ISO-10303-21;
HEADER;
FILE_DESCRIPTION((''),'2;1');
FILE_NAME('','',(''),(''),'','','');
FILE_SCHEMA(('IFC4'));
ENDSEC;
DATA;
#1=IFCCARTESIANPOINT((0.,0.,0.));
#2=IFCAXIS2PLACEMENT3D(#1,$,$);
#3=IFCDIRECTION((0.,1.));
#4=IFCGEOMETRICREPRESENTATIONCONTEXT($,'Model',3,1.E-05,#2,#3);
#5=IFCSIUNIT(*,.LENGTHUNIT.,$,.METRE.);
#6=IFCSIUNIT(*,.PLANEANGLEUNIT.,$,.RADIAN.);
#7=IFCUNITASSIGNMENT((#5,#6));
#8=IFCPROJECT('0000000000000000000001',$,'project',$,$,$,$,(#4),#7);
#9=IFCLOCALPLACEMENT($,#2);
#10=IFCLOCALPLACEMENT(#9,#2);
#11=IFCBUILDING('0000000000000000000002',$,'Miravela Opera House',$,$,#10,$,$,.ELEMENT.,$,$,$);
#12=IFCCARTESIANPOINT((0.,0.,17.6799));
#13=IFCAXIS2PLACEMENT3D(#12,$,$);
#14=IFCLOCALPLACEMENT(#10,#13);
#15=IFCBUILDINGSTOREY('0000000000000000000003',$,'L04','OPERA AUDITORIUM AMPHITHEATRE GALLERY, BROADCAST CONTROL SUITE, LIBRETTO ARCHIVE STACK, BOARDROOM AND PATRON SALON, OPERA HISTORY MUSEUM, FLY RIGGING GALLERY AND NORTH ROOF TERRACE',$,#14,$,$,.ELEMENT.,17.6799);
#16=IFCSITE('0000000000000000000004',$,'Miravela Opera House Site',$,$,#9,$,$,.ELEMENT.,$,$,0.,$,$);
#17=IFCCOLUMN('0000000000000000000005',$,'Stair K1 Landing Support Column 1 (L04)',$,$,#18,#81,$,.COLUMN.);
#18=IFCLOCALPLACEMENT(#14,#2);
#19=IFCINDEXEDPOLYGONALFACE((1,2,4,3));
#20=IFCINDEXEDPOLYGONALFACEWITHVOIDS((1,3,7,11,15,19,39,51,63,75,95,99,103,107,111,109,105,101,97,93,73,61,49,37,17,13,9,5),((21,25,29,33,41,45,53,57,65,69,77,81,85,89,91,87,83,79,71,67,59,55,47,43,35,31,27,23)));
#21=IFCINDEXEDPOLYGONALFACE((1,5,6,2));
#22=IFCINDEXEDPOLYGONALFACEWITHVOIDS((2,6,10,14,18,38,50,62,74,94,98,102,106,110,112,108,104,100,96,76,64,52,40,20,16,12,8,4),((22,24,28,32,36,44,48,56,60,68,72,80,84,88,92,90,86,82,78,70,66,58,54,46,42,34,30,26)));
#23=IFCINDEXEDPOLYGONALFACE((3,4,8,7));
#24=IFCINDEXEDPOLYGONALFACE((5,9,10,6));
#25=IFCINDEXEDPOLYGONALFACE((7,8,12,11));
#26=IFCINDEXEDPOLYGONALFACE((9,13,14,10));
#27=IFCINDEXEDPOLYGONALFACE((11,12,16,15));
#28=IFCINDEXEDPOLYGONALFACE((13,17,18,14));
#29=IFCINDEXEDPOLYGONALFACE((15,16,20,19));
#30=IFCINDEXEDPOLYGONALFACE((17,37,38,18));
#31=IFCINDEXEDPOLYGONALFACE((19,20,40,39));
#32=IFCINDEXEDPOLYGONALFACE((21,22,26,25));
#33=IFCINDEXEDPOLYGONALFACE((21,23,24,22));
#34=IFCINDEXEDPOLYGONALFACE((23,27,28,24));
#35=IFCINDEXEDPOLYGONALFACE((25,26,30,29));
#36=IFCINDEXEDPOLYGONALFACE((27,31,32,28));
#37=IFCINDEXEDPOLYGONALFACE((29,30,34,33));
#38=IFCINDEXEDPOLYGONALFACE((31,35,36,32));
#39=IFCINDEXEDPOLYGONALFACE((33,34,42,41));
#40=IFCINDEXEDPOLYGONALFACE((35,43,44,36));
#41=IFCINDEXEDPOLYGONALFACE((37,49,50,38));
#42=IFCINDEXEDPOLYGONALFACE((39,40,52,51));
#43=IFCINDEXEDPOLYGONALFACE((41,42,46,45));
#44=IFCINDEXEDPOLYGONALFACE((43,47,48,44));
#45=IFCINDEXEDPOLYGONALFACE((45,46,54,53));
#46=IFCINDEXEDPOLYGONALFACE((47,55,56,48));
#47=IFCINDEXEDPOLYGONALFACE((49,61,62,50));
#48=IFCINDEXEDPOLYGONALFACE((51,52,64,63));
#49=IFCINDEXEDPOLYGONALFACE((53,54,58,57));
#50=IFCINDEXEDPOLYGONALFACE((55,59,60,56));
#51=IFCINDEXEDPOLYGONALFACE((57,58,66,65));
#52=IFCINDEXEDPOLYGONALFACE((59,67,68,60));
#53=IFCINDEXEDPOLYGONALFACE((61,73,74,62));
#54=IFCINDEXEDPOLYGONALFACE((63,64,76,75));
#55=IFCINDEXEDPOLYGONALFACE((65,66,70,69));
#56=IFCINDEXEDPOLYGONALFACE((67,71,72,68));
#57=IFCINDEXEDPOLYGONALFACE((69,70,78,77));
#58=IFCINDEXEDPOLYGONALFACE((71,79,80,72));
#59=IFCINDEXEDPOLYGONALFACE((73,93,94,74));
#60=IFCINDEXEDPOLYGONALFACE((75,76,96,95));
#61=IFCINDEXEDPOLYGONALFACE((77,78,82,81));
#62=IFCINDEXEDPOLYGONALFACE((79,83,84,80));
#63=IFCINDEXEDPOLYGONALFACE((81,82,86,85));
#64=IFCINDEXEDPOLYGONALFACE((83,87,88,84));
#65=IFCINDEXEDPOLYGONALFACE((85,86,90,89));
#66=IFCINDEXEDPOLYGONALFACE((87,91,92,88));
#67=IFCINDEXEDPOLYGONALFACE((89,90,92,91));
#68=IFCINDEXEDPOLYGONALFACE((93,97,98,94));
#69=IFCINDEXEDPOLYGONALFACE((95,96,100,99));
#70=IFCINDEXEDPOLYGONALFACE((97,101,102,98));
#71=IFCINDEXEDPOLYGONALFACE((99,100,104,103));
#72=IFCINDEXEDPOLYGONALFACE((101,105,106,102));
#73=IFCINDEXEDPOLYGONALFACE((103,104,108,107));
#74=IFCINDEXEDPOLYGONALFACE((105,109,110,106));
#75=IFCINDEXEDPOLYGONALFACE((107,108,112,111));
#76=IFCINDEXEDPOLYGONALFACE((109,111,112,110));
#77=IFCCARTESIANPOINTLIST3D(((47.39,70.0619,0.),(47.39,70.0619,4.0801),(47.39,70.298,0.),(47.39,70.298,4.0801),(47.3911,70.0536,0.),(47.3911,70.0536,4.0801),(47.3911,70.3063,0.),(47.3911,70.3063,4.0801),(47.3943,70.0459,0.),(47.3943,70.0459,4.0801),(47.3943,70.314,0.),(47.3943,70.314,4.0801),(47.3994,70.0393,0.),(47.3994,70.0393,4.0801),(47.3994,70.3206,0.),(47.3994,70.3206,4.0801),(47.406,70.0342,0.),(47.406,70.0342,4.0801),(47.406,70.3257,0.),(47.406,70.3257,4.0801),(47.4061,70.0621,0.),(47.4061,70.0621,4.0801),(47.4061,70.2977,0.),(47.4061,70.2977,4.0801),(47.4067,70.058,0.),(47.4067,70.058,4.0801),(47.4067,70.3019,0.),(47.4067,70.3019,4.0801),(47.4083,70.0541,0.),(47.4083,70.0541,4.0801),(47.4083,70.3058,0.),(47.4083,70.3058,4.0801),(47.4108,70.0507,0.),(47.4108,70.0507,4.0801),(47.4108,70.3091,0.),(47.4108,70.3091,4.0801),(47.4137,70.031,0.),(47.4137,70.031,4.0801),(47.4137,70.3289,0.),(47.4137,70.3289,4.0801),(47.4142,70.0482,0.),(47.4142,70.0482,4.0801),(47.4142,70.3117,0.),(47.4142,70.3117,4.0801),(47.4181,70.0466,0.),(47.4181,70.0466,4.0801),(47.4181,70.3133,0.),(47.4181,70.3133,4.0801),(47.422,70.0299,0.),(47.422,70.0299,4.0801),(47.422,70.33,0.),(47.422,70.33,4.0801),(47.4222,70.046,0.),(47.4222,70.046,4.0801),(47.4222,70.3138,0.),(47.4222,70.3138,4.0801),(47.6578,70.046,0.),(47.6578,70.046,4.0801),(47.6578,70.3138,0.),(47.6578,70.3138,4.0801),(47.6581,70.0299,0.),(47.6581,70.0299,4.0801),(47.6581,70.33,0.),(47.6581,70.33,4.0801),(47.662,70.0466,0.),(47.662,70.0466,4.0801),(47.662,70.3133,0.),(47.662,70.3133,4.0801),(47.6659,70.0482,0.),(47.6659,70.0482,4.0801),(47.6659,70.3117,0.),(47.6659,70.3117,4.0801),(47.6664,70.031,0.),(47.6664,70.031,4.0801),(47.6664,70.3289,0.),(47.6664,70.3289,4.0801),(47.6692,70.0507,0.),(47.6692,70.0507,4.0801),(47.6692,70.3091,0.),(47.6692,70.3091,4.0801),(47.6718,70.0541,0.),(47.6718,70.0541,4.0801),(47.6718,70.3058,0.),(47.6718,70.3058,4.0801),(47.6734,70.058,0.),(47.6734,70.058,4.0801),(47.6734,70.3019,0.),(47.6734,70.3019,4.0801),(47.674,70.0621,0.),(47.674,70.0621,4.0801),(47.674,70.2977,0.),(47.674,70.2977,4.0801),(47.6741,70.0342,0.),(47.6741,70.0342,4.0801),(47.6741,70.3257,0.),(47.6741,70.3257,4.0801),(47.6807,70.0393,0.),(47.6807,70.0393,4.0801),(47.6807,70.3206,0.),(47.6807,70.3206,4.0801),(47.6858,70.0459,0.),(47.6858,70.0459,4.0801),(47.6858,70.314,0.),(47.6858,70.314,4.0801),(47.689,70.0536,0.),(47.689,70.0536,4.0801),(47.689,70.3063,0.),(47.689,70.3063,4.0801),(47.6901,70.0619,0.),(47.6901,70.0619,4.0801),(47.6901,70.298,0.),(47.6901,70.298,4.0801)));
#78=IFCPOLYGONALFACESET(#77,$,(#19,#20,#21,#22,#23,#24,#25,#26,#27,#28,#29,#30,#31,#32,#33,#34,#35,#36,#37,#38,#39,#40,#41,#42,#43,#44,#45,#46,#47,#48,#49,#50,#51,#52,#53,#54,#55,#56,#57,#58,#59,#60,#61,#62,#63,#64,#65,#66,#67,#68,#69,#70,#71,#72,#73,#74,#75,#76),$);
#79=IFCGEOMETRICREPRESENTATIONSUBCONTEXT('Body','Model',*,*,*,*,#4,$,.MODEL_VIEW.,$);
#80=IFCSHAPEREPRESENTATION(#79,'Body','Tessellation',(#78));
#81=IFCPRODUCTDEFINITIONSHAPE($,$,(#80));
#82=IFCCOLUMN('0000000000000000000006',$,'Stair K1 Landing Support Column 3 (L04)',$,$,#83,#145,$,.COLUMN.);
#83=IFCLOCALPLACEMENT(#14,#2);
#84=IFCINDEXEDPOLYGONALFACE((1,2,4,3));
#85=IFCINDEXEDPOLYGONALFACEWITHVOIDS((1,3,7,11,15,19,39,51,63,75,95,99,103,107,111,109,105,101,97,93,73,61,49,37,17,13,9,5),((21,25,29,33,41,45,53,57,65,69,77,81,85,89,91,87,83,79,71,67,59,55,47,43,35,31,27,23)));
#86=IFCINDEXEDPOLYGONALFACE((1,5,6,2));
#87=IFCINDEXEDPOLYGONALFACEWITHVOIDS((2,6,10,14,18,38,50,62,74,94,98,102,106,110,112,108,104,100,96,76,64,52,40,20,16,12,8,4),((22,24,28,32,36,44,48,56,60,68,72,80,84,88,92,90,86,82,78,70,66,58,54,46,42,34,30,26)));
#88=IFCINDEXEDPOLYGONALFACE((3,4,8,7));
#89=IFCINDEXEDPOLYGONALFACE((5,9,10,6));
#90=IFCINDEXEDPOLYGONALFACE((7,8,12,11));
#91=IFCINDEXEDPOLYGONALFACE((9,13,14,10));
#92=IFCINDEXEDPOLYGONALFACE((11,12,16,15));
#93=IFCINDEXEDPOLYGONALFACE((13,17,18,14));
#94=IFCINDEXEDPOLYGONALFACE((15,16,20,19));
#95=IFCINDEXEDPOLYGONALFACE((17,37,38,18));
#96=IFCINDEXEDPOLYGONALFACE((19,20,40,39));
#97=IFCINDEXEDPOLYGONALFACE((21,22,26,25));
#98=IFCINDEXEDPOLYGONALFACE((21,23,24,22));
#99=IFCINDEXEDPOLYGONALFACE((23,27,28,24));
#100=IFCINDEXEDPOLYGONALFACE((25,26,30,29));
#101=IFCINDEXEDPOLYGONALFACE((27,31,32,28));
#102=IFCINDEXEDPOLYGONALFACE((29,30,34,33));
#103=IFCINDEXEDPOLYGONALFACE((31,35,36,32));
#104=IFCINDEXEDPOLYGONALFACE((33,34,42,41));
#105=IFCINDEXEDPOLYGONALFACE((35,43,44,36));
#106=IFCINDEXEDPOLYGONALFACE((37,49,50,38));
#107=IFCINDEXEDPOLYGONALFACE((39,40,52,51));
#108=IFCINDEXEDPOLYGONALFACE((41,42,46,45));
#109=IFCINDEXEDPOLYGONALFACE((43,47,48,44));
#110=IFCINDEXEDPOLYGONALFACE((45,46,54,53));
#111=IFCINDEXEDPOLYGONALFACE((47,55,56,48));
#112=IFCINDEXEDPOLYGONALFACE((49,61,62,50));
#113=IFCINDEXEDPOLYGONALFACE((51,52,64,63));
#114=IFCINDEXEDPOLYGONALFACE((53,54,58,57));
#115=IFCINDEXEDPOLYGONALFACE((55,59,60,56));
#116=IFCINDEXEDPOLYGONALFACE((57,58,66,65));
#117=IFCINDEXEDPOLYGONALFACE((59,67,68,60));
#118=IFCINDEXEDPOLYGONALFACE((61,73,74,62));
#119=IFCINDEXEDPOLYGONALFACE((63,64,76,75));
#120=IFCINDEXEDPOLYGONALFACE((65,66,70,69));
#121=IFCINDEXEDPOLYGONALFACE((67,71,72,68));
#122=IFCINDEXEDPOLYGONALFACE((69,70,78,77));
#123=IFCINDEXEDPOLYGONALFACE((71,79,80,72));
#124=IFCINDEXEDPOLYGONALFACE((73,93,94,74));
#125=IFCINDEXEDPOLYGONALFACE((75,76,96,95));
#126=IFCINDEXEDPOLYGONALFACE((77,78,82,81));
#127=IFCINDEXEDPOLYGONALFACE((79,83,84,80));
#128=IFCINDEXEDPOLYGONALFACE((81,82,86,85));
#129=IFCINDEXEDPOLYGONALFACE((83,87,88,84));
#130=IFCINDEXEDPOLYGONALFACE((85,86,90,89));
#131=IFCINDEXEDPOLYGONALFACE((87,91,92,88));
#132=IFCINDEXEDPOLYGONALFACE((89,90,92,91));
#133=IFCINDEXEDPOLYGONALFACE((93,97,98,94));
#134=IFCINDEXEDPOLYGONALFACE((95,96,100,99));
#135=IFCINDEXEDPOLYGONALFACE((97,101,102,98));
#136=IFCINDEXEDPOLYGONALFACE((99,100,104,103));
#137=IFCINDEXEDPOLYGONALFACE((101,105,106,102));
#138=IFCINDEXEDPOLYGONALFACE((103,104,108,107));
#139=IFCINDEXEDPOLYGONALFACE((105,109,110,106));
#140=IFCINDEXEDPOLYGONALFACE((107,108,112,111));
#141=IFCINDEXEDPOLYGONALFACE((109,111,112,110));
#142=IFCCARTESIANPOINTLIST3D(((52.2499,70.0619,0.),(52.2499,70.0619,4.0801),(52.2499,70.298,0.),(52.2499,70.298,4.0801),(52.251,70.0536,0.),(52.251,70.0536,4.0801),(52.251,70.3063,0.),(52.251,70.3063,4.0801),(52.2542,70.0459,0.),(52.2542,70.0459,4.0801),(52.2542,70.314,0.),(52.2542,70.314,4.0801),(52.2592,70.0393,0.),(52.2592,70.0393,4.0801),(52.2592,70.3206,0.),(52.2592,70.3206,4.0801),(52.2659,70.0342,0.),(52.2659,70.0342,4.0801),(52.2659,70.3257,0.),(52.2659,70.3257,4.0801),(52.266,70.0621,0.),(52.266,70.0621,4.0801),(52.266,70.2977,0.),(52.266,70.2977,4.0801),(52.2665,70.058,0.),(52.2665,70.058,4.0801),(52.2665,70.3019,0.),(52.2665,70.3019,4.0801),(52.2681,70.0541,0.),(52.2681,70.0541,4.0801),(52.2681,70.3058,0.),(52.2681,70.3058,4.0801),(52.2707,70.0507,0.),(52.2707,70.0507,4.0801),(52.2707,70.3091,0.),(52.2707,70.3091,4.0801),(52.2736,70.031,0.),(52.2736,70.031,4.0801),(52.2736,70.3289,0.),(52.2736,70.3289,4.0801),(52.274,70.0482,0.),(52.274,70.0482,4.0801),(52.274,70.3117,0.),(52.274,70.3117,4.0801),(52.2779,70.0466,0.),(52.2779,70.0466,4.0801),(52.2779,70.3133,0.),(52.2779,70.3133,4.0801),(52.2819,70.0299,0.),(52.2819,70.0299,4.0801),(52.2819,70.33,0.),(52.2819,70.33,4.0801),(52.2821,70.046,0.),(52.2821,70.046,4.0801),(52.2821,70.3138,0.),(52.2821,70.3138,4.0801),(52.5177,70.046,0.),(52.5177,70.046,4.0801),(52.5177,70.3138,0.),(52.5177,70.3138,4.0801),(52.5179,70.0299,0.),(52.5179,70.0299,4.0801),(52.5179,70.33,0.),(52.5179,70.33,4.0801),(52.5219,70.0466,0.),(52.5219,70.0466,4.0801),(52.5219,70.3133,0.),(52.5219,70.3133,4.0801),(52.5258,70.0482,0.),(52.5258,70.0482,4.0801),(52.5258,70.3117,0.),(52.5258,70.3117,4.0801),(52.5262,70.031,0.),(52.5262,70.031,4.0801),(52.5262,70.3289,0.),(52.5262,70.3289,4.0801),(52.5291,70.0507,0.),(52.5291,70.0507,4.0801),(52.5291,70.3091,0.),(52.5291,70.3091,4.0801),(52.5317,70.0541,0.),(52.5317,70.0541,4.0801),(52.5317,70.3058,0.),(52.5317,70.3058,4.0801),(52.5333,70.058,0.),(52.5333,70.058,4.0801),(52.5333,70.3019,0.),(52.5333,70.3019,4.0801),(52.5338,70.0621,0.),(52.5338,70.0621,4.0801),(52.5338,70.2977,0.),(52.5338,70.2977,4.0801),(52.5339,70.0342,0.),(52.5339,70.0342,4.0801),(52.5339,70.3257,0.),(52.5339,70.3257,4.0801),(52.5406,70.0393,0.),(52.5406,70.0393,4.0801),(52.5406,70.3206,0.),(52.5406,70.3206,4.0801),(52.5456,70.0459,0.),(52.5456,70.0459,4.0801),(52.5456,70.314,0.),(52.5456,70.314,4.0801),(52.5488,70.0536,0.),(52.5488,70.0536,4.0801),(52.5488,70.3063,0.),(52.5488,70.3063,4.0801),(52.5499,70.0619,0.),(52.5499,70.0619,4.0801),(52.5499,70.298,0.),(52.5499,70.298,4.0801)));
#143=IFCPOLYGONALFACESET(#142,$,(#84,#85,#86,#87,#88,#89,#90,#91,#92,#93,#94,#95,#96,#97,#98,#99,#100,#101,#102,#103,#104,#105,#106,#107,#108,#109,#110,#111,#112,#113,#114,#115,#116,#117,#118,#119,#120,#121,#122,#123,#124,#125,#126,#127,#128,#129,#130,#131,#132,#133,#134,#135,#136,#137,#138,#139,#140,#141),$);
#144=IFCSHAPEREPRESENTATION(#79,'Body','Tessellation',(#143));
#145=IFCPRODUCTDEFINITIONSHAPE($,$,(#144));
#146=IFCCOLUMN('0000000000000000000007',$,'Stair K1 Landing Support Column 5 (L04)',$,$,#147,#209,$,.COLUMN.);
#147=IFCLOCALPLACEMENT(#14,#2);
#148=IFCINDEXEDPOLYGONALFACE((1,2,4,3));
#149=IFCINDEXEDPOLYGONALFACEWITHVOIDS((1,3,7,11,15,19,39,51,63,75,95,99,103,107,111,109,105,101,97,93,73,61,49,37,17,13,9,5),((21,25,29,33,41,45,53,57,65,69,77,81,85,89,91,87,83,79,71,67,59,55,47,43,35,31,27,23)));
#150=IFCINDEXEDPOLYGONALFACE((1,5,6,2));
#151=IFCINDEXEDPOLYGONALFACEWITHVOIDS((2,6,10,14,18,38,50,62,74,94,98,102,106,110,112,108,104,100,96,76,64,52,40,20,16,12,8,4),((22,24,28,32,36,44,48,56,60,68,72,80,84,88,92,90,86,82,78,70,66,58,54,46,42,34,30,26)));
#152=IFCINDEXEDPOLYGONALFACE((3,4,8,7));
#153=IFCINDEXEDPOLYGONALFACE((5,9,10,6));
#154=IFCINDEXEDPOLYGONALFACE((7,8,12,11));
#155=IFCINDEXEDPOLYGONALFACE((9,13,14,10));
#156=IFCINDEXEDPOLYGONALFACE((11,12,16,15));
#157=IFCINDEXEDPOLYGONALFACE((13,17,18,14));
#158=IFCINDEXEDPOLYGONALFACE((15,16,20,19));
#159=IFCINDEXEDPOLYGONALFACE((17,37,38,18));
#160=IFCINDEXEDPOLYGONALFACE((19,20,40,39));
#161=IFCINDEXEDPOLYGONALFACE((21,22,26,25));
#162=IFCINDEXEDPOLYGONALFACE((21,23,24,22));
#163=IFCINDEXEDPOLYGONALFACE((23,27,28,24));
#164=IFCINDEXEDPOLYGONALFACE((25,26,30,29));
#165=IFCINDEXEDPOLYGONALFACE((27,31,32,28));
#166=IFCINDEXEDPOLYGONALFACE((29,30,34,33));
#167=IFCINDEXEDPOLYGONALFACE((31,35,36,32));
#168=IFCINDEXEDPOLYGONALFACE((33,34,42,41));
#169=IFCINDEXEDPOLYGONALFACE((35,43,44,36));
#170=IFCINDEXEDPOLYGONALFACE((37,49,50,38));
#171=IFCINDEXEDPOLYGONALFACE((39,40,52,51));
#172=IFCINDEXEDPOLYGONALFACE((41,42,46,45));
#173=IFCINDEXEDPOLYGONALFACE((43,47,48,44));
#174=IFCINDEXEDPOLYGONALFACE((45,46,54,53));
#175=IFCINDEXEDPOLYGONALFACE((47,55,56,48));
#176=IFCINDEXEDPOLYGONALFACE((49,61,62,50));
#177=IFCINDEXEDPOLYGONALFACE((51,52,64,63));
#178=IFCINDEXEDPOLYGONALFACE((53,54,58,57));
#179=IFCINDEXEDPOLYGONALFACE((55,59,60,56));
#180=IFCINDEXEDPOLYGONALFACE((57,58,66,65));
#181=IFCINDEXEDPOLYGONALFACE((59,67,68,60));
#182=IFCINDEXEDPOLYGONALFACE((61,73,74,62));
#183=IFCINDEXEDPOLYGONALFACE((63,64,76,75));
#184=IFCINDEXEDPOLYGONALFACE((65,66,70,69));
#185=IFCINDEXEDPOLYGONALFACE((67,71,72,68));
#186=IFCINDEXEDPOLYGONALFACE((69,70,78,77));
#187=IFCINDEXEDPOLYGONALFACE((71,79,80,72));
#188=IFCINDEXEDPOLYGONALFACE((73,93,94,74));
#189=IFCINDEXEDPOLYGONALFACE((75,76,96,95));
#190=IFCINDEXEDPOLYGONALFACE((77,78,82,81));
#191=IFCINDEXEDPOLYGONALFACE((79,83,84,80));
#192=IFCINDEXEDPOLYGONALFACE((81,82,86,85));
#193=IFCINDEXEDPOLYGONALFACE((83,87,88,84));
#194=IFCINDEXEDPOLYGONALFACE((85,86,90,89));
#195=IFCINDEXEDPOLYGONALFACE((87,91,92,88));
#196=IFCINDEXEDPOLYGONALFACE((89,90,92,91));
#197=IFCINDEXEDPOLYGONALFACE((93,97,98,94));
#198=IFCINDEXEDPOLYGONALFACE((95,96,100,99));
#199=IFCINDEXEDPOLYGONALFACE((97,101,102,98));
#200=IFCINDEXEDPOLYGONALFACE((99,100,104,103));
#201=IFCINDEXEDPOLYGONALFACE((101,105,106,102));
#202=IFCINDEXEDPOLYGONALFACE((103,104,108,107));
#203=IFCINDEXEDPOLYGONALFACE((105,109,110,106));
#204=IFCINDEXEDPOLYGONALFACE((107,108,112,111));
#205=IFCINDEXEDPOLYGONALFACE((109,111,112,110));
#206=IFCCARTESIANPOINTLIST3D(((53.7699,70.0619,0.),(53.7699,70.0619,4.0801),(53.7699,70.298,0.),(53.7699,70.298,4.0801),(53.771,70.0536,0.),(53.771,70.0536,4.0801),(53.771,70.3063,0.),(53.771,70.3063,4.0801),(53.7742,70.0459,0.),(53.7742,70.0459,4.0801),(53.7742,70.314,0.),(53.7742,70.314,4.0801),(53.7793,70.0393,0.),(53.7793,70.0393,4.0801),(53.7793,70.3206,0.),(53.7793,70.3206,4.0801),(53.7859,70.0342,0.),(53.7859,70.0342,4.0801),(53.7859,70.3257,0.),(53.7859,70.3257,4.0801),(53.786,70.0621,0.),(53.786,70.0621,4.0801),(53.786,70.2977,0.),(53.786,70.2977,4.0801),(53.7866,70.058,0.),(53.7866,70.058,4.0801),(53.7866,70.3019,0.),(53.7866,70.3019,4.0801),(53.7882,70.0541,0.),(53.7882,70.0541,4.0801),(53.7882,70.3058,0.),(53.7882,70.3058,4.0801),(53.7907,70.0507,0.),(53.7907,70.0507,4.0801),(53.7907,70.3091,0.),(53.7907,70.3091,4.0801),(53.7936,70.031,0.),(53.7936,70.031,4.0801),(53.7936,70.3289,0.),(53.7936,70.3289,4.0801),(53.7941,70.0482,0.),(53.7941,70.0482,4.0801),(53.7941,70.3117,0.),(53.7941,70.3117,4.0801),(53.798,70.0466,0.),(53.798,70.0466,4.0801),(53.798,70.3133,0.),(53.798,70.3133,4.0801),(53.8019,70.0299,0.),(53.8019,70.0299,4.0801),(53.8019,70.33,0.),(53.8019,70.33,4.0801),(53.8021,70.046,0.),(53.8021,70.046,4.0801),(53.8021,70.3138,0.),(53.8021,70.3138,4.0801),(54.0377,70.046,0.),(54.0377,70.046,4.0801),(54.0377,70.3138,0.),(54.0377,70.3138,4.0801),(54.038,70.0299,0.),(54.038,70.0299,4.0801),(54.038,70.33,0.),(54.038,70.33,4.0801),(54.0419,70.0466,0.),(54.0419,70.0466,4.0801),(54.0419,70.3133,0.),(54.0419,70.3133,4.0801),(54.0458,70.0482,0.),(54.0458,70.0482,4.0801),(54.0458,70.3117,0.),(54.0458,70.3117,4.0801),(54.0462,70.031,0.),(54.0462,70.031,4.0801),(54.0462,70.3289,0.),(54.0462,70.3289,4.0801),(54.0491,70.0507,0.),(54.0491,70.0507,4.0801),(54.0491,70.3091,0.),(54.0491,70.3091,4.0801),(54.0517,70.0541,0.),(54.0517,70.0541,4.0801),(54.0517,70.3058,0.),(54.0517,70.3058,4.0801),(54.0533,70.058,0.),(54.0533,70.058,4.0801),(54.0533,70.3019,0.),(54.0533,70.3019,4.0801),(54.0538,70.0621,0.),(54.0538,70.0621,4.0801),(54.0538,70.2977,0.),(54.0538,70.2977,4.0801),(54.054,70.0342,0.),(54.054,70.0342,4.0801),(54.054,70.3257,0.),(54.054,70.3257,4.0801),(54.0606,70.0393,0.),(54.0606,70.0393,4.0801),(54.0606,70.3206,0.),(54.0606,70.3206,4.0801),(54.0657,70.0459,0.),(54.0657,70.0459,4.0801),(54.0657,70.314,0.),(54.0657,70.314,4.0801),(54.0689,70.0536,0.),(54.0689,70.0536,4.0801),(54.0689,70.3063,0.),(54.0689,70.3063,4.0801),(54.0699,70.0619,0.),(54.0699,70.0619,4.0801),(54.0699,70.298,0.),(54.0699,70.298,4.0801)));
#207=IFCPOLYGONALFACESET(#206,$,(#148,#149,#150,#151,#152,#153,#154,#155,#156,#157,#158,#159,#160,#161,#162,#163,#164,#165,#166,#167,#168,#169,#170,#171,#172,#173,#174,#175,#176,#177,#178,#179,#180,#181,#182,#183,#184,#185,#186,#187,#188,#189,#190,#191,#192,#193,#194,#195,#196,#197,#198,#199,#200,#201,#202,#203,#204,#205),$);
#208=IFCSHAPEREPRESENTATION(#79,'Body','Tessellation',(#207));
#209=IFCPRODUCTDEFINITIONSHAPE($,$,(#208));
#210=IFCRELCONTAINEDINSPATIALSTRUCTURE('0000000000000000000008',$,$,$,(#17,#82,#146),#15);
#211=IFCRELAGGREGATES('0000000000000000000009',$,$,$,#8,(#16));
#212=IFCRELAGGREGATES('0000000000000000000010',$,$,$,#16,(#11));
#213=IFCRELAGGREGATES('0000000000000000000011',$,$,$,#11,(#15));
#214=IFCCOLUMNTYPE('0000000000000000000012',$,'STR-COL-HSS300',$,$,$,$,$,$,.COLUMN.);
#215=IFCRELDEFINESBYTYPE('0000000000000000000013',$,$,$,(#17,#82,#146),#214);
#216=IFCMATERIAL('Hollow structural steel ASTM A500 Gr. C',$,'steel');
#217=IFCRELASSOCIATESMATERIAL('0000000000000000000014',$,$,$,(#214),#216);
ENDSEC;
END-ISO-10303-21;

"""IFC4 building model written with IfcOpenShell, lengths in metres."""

from ifc_helpers import new_model, si_unit, direction, frame, origin, origin_2d, place, context, subcontext, project, spatial, hollow_rectangle, extrude, material, material_profile, profile_set, type_object, element, save


model = new_model("IFC4")

# Units and contexts
model_context = context("Model", 3, precision=1e-05, world=origin(), true_north=direction((0.0, 1.0)))
body_context = subcontext(model_context, "Body", "Model", "MODEL_VIEW")
ifc_project = project(units=[si_unit("LENGTHUNIT", "METRE"), si_unit("PLANEANGLEUNIT", "RADIAN")], contexts=[model_context])

# Site, building, storey
site_placement = place(None, origin())
site = spatial("IfcSite", under=ifc_project, at=site_placement, Name="Miravela Opera House Site", CompositionType="ELEMENT", RefElevation=0.0)
building_placement = place(site_placement, origin())
building = spatial("IfcBuilding", under=site, at=building_placement, Name="Miravela Opera House", CompositionType="ELEMENT")
storey_placement = place(building_placement, frame((0.0, 0.0, 17.6799)))
storey = spatial("IfcBuildingStorey", under=building, at=storey_placement, Name="L04", Description="OPERA AUDITORIUM AMPHITHEATRE GALLERY, BROADCAST CONTROL SUITE, LIBRETTO ARCHIVE STACK, BOARDROOM AND PATRON SALON, OPERA HISTORY MUSEUM, FLY RIGGING GALLERY AND NORTH ROOF TERRACE", CompositionType="ELEMENT", Elevation=17.6799)

# Columns
ifc_material_1 = material(Name="Hollow structural steel ASTM A500 Gr. C", Category="steel")
ifc_material_profile_1 = material_profile(ifc_material_1, hollow_rectangle(XDim=0.3, YDim=0.3, WallThickness=0.0161, InnerFilletRadius=0.0161, OuterFilletRadius=0.032, at=origin_2d()), Name="HSS300X300X16")
ifc_profile_set_1 = profile_set([ifc_material_profile_1])
column_type_1 = type_object("IfcColumnType", Name="STR-COL-HSS300", PredefinedType="COLUMN", material=ifc_profile_set_1)
for number, where, z_axis, x_axis, name in (
    (1, (47.54, 70.1799, 0.0), (0.0, 0.0, 1.0), (1.0, 0.0, 0.0), "Stair K1 Landing Support Column 1 (L04)"),
    (2, (52.3999, 70.1799, 0.0), (0.0, 0.0, 1.0), (1.0, 0.0, 0.0), "Stair K1 Landing Support Column 3 (L04)"),
    (3, (53.9199, 70.1799, 0.0), (0.0, 0.0, 1.0), (1.0, 0.0, 0.0), "Stair K1 Landing Support Column 5 (L04)"),
):
    element("IfcColumn", number, at=place(storey_placement, frame(where, z_axis=z_axis, x_axis=x_axis)), inside=storey, type_object=column_type_1, Name=name, PredefinedType="COLUMN", context=body_context, shape_type="SweptSolid", body=[
        extrude(hollow_rectangle(XDim=0.3, YDim=0.3, WallThickness=0.0161, InnerFilletRadius=0.0161, OuterFilletRadius=0.032, at=origin_2d()), origin(), (0.0, 0.0, 1.0), 4.0801),
    ])

save(model, "model.ifc")
